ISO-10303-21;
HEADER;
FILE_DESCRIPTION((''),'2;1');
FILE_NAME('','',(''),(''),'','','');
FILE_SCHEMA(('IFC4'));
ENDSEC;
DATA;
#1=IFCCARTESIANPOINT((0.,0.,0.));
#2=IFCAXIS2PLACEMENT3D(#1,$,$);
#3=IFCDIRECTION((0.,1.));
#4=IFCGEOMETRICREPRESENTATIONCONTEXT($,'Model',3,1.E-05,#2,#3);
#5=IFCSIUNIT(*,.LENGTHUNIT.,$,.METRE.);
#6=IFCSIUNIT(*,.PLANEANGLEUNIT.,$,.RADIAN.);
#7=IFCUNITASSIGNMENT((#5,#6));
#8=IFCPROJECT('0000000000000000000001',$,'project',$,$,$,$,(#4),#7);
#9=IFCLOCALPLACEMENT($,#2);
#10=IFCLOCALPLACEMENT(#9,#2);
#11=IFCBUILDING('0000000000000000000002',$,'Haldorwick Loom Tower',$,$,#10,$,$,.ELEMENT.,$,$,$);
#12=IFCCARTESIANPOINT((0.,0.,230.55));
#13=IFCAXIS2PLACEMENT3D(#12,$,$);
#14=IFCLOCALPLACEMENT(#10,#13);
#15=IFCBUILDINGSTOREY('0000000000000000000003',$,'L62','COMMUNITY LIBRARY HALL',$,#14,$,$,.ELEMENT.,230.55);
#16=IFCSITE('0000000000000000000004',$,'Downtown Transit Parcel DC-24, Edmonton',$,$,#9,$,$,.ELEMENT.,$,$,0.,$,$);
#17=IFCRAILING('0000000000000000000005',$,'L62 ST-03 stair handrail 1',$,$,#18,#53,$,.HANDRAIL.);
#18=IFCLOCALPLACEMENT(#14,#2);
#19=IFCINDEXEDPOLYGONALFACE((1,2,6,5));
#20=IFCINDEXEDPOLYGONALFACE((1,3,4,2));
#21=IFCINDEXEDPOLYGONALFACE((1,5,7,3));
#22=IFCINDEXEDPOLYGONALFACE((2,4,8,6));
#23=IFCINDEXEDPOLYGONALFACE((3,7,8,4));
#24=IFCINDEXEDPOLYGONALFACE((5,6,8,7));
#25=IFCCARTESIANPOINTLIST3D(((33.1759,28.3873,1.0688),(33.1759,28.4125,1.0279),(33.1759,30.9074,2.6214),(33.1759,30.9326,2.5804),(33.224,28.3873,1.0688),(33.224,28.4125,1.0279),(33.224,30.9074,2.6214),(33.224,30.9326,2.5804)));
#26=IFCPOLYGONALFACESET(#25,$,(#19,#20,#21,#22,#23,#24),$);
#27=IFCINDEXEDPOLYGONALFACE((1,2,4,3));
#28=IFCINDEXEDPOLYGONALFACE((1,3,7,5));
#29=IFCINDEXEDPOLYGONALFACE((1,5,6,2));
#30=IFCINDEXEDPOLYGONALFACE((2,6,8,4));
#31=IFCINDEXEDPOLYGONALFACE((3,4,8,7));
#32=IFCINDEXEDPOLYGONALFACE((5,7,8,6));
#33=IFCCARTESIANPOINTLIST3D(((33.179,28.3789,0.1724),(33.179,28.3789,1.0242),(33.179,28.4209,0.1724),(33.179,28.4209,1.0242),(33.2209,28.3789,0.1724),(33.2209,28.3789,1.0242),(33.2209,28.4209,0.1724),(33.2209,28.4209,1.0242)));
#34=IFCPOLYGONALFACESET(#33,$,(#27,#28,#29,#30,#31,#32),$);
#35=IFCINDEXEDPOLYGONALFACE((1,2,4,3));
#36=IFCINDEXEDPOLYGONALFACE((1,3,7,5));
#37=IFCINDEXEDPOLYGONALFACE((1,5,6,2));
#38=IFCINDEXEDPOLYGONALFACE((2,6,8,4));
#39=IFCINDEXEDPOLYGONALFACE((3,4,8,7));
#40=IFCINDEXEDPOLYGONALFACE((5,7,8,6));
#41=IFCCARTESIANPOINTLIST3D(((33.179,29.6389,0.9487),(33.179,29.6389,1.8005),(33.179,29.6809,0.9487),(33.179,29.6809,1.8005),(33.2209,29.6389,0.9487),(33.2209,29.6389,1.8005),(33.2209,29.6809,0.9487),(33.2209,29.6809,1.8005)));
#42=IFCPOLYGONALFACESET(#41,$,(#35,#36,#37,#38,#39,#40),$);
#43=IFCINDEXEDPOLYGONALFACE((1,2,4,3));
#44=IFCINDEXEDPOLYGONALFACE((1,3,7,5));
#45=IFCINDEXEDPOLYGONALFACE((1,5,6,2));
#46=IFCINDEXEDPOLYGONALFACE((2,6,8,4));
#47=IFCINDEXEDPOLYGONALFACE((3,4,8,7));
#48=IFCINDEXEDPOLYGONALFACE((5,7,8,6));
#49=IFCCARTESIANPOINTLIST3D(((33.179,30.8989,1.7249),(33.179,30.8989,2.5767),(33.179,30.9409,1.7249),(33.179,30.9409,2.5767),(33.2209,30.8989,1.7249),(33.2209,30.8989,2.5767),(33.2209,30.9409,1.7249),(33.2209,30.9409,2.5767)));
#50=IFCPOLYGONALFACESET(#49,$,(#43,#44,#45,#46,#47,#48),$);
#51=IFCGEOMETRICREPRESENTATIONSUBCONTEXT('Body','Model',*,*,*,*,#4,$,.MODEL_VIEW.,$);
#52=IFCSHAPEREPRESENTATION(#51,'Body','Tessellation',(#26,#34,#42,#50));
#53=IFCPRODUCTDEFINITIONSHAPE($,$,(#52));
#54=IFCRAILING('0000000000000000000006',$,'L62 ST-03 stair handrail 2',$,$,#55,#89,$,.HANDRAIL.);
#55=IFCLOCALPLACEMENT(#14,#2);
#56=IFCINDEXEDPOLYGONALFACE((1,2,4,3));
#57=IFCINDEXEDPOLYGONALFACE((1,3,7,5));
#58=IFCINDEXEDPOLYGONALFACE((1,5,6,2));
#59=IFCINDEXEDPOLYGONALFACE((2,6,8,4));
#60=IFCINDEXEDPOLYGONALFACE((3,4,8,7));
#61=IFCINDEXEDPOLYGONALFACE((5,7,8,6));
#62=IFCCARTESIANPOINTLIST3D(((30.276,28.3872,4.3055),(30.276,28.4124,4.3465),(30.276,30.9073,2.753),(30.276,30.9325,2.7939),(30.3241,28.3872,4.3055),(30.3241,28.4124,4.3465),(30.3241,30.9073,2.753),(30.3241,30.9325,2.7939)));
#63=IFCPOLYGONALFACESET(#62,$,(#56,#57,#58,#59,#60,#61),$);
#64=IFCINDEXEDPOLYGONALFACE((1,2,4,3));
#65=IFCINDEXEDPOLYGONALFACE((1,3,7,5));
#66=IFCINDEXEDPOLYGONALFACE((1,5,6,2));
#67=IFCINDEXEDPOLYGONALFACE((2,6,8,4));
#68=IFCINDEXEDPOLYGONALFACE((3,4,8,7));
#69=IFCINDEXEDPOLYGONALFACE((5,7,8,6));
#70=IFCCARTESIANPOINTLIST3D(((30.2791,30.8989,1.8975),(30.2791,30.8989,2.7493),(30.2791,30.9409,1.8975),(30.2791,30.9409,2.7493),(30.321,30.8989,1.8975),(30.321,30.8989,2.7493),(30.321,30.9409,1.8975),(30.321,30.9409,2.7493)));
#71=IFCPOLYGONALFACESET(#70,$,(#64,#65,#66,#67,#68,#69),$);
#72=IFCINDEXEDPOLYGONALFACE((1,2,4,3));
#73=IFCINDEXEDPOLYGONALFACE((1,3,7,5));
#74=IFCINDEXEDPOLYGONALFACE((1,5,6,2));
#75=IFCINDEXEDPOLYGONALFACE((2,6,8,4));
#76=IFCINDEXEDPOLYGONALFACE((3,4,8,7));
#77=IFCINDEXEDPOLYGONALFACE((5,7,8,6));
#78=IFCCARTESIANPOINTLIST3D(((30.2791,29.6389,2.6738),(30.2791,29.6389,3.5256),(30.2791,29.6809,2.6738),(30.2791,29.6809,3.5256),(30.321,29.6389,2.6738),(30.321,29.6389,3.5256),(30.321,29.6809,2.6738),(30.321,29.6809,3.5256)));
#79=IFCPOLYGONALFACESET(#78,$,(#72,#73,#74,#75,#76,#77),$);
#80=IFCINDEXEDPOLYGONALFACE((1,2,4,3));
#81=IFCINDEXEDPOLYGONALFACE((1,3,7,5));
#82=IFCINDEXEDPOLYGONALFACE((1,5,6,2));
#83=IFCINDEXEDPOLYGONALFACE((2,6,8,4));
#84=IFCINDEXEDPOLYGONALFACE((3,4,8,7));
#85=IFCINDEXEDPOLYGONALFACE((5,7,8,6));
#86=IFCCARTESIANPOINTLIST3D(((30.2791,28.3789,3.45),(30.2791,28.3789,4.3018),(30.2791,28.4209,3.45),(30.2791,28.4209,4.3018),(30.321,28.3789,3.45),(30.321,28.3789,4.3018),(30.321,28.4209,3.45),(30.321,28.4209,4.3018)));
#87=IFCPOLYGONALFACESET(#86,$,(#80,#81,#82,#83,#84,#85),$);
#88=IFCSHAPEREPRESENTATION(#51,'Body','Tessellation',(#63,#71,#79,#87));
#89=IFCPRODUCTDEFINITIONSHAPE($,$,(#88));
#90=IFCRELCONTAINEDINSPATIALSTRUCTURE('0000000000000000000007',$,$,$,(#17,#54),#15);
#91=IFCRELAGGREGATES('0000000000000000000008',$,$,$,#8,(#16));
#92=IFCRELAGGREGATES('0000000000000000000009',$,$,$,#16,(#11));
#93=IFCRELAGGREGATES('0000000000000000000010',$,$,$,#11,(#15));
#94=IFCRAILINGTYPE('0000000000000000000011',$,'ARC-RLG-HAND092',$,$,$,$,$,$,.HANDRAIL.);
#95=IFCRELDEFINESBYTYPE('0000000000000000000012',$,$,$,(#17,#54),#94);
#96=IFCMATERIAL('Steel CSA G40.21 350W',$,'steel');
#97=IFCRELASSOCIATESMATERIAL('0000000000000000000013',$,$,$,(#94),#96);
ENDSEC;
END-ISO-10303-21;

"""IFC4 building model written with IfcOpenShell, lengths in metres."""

from ifc_helpers import new_model, si_unit, direction, frame, origin, origin_2d, place, context, subcontext, project, spatial, rectangle, extrude, material, type_object, element, save


model = new_model("IFC4")

# Units and contexts
model_context = context("Model", 3, precision=1e-05, world=origin(), true_north=direction((0.0, 1.0)))
body_context = subcontext(model_context, "Body", "Model", "MODEL_VIEW")
ifc_project = project(units=[si_unit("LENGTHUNIT", "METRE"), si_unit("PLANEANGLEUNIT", "RADIAN")], contexts=[model_context])

# Site, building, storey
site_placement = place(None, origin())
site = spatial("IfcSite", under=ifc_project, at=site_placement, Name="Downtown Transit Parcel DC-24, Edmonton", CompositionType="ELEMENT", RefElevation=0.0)
building_placement = place(site_placement, origin())
building = spatial("IfcBuilding", under=site, at=building_placement, Name="Haldorwick Loom Tower", CompositionType="ELEMENT")
storey_placement = place(building_placement, frame((0.0, 0.0, 230.55)))
storey = spatial("IfcBuildingStorey", under=building, at=storey_placement, Name="L62", Description="COMMUNITY LIBRARY HALL", CompositionType="ELEMENT", Elevation=230.55)

# Shared definitions
ifc_material_1 = material(Name="Steel CSA G40.21 350W", Category="steel")

# Railings
railing_type_1 = type_object("IfcRailingType", Name="ARC-RLG-HAND092", PredefinedType="HANDRAIL", material=ifc_material_1)
for number, where, name in (
    (1, (33.2, 28.3999, 0.1724), "L62 ST-03 stair handrail 1"),
):
    element("IfcRailing", number, at=place(storey_placement, frame(where)), inside=storey, type_object=railing_type_1, Name=name, PredefinedType="HANDRAIL", context=body_context, shape_type="SweptSolid", body=[
        extrude(rectangle(XDim=0.0481, YDim=0.0481, at=origin_2d()), frame((0.0, 0.0, 0.876), z_axis=(0.0, 0.8514, 0.524516), x_axis=(-1.0, 0.0, 0.0)), (0.0, 0.0, 1.0), 2.96),
        extrude(rectangle(XDim=0.042, YDim=0.042, at=origin_2d()), origin(), (0.0, 0.0, 1.0), 0.8518),
        extrude(rectangle(XDim=0.042, YDim=0.042, at=origin_2d()), frame((0.0, 1.26, 0.7764)), (0.0, 0.0, 1.0), 0.8518),
        extrude(rectangle(XDim=0.042, YDim=0.042, at=origin_2d()), frame((0.0, 2.52, 1.5525)), (0.0, 0.0, 1.0), 0.8518),
    ])
railing_1_placement = place(storey_placement, frame((30.3, 30.9199, 1.8975)))
element("IfcRailing", 2, at=railing_1_placement, inside=storey, type_object=railing_type_1, Name="L62 ST-03 stair handrail 2", PredefinedType="HANDRAIL", context=body_context, shape_type="SweptSolid", body=[
    extrude(rectangle(XDim=0.0481, YDim=0.0481, at=origin_2d()), frame((0.0, 0.0, 0.876), z_axis=(0.0, -0.8514, 0.524516), x_axis=(1.0, 0.0, 0.0)), (0.0, 0.0, 1.0), 2.96),
    extrude(rectangle(XDim=0.042, YDim=0.042, at=origin_2d()), origin(), (0.0, 0.0, 1.0), 0.8518),
    extrude(rectangle(XDim=0.042, YDim=0.042, at=origin_2d()), frame((0.0, -1.26, 0.7764)), (0.0, 0.0, 1.0), 0.8518),
    extrude(rectangle(XDim=0.042, YDim=0.042, at=origin_2d()), frame((0.0, -2.52, 1.5525)), (0.0, 0.0, 1.0), 0.8518),
])

save(model, "model.ifc")
